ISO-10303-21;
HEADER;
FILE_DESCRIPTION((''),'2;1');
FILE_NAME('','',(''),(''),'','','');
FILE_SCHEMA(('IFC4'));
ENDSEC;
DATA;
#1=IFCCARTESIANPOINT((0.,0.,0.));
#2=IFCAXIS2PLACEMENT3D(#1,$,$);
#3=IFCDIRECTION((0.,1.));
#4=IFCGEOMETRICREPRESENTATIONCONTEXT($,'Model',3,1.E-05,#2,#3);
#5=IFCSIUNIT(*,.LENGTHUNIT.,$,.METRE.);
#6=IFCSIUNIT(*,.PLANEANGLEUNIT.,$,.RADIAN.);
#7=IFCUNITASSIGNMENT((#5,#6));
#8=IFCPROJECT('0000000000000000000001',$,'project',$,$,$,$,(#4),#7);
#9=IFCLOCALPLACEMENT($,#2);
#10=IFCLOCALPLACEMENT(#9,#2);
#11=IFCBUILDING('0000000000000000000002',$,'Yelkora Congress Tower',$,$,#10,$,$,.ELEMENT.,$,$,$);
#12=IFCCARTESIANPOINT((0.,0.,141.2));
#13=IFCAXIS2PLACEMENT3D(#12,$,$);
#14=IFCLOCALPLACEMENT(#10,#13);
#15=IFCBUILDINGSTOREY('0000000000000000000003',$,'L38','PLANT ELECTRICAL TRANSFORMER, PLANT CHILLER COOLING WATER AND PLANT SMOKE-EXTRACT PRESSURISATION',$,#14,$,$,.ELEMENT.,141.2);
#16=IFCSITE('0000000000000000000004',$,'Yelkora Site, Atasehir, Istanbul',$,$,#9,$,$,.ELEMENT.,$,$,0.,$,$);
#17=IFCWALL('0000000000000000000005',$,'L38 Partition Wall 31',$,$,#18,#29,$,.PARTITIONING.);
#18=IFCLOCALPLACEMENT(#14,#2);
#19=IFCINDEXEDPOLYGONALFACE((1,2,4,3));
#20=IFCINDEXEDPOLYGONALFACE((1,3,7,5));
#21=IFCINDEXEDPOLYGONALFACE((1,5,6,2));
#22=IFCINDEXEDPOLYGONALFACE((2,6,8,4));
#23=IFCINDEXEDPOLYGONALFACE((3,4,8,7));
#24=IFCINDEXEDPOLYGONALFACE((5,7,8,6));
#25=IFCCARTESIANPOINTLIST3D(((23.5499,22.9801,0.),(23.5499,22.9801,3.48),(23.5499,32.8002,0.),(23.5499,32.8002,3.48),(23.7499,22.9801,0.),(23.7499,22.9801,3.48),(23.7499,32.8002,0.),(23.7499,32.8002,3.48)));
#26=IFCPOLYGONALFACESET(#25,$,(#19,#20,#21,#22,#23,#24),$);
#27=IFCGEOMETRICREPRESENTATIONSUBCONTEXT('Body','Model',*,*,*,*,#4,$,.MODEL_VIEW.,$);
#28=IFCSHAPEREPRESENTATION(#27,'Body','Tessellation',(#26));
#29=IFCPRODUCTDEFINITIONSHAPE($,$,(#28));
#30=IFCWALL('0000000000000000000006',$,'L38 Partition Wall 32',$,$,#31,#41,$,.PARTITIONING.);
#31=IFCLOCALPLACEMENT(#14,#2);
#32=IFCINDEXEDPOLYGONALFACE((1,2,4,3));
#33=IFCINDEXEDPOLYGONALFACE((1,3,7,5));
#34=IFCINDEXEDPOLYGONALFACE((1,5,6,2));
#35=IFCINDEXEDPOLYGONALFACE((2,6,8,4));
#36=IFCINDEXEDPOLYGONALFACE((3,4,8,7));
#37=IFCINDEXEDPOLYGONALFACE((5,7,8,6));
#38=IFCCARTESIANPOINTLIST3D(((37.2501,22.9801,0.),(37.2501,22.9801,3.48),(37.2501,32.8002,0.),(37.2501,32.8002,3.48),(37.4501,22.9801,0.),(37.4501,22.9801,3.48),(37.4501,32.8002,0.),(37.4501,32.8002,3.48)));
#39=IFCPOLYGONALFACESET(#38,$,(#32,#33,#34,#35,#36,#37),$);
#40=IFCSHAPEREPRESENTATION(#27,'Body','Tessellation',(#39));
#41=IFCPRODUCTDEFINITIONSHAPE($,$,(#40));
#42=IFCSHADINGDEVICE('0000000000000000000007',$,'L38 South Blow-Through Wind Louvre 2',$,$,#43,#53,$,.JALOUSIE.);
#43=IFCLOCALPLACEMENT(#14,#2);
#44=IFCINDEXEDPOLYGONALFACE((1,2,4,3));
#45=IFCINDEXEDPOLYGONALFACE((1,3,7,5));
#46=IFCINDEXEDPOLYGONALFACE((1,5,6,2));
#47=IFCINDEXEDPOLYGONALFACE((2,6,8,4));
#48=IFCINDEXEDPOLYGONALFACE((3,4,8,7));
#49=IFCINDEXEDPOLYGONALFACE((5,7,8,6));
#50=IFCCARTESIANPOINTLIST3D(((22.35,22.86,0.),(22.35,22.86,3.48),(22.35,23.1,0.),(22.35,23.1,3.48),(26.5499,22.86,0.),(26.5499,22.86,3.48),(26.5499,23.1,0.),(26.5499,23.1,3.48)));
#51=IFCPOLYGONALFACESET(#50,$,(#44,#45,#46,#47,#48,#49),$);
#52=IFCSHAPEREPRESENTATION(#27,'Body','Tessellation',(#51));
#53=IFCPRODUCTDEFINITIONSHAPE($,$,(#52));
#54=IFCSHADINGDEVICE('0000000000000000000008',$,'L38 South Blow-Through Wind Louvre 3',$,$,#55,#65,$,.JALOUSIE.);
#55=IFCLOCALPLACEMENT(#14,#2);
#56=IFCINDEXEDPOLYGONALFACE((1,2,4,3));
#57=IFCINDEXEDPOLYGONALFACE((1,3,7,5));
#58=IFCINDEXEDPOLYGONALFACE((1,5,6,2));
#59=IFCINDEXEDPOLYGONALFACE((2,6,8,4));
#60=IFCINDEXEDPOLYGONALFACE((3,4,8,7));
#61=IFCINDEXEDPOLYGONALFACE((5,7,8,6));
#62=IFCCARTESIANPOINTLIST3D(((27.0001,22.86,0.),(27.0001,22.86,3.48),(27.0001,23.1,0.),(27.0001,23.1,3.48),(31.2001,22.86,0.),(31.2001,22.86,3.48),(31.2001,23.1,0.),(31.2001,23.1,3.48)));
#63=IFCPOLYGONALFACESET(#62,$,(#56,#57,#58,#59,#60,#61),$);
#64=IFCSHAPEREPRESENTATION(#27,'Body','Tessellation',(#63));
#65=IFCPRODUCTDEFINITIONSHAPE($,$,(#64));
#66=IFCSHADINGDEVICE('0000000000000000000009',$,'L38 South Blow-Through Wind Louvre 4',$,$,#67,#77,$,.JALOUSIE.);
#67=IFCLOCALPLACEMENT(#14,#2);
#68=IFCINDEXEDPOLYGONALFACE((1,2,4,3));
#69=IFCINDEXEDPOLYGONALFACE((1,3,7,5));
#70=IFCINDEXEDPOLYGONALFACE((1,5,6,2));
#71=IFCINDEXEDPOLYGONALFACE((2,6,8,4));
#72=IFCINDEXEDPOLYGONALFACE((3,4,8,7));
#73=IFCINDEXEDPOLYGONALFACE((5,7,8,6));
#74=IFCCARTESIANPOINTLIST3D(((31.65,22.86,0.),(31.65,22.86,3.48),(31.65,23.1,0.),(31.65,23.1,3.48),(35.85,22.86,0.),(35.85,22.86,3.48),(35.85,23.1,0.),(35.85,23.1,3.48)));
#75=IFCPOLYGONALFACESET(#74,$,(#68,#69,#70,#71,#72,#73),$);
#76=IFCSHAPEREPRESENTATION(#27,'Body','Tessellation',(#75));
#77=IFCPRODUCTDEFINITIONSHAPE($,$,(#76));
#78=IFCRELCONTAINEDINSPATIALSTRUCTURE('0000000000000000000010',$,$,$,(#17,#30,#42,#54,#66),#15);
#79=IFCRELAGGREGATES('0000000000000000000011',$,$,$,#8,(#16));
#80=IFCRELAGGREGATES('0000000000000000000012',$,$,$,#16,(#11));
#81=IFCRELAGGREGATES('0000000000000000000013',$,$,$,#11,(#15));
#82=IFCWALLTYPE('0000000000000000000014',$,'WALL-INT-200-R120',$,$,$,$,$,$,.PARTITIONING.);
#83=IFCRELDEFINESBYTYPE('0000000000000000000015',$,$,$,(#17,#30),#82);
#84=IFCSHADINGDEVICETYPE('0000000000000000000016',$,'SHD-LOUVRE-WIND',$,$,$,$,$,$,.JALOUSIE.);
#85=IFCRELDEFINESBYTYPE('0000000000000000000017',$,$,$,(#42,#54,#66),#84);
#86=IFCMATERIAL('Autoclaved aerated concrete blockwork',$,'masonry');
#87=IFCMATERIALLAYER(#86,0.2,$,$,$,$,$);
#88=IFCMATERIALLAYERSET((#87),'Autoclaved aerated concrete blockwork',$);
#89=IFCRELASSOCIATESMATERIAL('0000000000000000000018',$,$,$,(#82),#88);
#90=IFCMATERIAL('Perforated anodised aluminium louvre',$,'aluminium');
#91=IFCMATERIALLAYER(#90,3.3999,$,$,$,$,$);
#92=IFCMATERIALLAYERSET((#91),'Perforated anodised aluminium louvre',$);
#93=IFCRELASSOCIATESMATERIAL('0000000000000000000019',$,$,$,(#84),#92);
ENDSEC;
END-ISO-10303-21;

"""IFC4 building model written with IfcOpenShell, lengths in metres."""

from ifc_helpers import new_model, si_unit, direction, frame, frame_2d, origin, origin_2d, place, context, subcontext, project, spatial, rectangle, extrude, material, layer, layer_set, type_object, element, save


model = new_model("IFC4")

# Units and contexts
model_context = context("Model", 3, precision=1e-05, world=origin(), true_north=direction((0.0, 1.0)))
body_context = subcontext(model_context, "Body", "Model", "MODEL_VIEW")
ifc_project = project(units=[si_unit("LENGTHUNIT", "METRE"), si_unit("PLANEANGLEUNIT", "RADIAN")], contexts=[model_context])

# Site, building, storey
site_placement = place(None, origin())
site = spatial("IfcSite", under=ifc_project, at=site_placement, Name="Yelkora Site, Atasehir, Istanbul", CompositionType="ELEMENT", RefElevation=0.0)
building_placement = place(site_placement, origin())
building = spatial("IfcBuilding", under=site, at=building_placement, Name="Yelkora Congress Tower", CompositionType="ELEMENT")
storey_placement = place(building_placement, frame((0.0, 0.0, 141.2)))
storey = spatial("IfcBuildingStorey", under=building, at=storey_placement, Name="L38", Description="PLANT ELECTRICAL TRANSFORMER, PLANT CHILLER COOLING WATER AND PLANT SMOKE-EXTRACT PRESSURISATION", CompositionType="ELEMENT", Elevation=141.2)

# Shared definitions
ifc_material_1 = material(Name="Autoclaved aerated concrete blockwork", Category="masonry")
ifc_layer_1 = layer(ifc_material_1, 0.2)
ifc_layer_set_1 = layer_set([ifc_layer_1], Name="Autoclaved aerated concrete blockwork")
wall_type_1 = type_object("IfcWallType", Name="WALL-INT-200-R120", PredefinedType="PARTITIONING", material=ifc_layer_set_1)

# Walls
for number, where, z_axis, x_axis, name in (
    (1, (23.6499, 22.98, 0.0), (0.0, 0.0, 1.0), (0.0, 1.0, 0.0), "L38 Partition Wall 31"),
    (2, (37.3501, 22.98, 0.0), (0.0, 0.0, 1.0), (0.0, 1.0, 0.0), "L38 Partition Wall 32"),
):
    element("IfcWall", number, at=place(storey_placement, frame(where, z_axis=z_axis, x_axis=x_axis)), inside=storey, type_object=wall_type_1, Name=name, PredefinedType="PARTITIONING", context=body_context, shape_type="SweptSolid", body=[
        extrude(rectangle(XDim=9.8201, YDim=0.2, at=frame_2d((4.9102, 0.0))), origin(), (0.0, 0.0, 1.0), 3.48),
    ])

# Shading devices
ifc_material_2 = material(Name="Perforated anodised aluminium louvre", Category="aluminium")
ifc_layer_2 = layer(ifc_material_2, 3.3999)
ifc_layer_set_2 = layer_set([ifc_layer_2], Name="Perforated anodised aluminium louvre")
shading_device_type = type_object("IfcShadingDeviceType", Name="SHD-LOUVRE-WIND", PredefinedType="JALOUSIE", material=ifc_layer_set_2)
for number, where, z_axis, x_axis, name in (
    (3, (24.45, 22.98, 0.0), (0.0, 0.0, 1.0), (1.0, 0.0, 0.0), "L38 South Blow-Through Wind Louvre 2"),
    (4, (29.1001, 22.98, 0.0), (0.0, 0.0, 1.0), (1.0, 0.0, 0.0), "L38 South Blow-Through Wind Louvre 3"),
    (5, (33.75, 22.98, 0.0), (0.0, 0.0, 1.0), (1.0, 0.0, 0.0), "L38 South Blow-Through Wind Louvre 4"),
):
    element("IfcShadingDevice", number, at=place(storey_placement, frame(where, z_axis=z_axis, x_axis=x_axis)), inside=storey, type_object=shading_device_type, Name=name, PredefinedType="JALOUSIE", context=body_context, shape_type="SweptSolid", body=[
        extrude(rectangle(XDim=4.2, YDim=0.24, at=origin_2d()), origin(), (0.0, 0.0, 1.0), 3.48),
    ])

save(model, "model.ifc")
